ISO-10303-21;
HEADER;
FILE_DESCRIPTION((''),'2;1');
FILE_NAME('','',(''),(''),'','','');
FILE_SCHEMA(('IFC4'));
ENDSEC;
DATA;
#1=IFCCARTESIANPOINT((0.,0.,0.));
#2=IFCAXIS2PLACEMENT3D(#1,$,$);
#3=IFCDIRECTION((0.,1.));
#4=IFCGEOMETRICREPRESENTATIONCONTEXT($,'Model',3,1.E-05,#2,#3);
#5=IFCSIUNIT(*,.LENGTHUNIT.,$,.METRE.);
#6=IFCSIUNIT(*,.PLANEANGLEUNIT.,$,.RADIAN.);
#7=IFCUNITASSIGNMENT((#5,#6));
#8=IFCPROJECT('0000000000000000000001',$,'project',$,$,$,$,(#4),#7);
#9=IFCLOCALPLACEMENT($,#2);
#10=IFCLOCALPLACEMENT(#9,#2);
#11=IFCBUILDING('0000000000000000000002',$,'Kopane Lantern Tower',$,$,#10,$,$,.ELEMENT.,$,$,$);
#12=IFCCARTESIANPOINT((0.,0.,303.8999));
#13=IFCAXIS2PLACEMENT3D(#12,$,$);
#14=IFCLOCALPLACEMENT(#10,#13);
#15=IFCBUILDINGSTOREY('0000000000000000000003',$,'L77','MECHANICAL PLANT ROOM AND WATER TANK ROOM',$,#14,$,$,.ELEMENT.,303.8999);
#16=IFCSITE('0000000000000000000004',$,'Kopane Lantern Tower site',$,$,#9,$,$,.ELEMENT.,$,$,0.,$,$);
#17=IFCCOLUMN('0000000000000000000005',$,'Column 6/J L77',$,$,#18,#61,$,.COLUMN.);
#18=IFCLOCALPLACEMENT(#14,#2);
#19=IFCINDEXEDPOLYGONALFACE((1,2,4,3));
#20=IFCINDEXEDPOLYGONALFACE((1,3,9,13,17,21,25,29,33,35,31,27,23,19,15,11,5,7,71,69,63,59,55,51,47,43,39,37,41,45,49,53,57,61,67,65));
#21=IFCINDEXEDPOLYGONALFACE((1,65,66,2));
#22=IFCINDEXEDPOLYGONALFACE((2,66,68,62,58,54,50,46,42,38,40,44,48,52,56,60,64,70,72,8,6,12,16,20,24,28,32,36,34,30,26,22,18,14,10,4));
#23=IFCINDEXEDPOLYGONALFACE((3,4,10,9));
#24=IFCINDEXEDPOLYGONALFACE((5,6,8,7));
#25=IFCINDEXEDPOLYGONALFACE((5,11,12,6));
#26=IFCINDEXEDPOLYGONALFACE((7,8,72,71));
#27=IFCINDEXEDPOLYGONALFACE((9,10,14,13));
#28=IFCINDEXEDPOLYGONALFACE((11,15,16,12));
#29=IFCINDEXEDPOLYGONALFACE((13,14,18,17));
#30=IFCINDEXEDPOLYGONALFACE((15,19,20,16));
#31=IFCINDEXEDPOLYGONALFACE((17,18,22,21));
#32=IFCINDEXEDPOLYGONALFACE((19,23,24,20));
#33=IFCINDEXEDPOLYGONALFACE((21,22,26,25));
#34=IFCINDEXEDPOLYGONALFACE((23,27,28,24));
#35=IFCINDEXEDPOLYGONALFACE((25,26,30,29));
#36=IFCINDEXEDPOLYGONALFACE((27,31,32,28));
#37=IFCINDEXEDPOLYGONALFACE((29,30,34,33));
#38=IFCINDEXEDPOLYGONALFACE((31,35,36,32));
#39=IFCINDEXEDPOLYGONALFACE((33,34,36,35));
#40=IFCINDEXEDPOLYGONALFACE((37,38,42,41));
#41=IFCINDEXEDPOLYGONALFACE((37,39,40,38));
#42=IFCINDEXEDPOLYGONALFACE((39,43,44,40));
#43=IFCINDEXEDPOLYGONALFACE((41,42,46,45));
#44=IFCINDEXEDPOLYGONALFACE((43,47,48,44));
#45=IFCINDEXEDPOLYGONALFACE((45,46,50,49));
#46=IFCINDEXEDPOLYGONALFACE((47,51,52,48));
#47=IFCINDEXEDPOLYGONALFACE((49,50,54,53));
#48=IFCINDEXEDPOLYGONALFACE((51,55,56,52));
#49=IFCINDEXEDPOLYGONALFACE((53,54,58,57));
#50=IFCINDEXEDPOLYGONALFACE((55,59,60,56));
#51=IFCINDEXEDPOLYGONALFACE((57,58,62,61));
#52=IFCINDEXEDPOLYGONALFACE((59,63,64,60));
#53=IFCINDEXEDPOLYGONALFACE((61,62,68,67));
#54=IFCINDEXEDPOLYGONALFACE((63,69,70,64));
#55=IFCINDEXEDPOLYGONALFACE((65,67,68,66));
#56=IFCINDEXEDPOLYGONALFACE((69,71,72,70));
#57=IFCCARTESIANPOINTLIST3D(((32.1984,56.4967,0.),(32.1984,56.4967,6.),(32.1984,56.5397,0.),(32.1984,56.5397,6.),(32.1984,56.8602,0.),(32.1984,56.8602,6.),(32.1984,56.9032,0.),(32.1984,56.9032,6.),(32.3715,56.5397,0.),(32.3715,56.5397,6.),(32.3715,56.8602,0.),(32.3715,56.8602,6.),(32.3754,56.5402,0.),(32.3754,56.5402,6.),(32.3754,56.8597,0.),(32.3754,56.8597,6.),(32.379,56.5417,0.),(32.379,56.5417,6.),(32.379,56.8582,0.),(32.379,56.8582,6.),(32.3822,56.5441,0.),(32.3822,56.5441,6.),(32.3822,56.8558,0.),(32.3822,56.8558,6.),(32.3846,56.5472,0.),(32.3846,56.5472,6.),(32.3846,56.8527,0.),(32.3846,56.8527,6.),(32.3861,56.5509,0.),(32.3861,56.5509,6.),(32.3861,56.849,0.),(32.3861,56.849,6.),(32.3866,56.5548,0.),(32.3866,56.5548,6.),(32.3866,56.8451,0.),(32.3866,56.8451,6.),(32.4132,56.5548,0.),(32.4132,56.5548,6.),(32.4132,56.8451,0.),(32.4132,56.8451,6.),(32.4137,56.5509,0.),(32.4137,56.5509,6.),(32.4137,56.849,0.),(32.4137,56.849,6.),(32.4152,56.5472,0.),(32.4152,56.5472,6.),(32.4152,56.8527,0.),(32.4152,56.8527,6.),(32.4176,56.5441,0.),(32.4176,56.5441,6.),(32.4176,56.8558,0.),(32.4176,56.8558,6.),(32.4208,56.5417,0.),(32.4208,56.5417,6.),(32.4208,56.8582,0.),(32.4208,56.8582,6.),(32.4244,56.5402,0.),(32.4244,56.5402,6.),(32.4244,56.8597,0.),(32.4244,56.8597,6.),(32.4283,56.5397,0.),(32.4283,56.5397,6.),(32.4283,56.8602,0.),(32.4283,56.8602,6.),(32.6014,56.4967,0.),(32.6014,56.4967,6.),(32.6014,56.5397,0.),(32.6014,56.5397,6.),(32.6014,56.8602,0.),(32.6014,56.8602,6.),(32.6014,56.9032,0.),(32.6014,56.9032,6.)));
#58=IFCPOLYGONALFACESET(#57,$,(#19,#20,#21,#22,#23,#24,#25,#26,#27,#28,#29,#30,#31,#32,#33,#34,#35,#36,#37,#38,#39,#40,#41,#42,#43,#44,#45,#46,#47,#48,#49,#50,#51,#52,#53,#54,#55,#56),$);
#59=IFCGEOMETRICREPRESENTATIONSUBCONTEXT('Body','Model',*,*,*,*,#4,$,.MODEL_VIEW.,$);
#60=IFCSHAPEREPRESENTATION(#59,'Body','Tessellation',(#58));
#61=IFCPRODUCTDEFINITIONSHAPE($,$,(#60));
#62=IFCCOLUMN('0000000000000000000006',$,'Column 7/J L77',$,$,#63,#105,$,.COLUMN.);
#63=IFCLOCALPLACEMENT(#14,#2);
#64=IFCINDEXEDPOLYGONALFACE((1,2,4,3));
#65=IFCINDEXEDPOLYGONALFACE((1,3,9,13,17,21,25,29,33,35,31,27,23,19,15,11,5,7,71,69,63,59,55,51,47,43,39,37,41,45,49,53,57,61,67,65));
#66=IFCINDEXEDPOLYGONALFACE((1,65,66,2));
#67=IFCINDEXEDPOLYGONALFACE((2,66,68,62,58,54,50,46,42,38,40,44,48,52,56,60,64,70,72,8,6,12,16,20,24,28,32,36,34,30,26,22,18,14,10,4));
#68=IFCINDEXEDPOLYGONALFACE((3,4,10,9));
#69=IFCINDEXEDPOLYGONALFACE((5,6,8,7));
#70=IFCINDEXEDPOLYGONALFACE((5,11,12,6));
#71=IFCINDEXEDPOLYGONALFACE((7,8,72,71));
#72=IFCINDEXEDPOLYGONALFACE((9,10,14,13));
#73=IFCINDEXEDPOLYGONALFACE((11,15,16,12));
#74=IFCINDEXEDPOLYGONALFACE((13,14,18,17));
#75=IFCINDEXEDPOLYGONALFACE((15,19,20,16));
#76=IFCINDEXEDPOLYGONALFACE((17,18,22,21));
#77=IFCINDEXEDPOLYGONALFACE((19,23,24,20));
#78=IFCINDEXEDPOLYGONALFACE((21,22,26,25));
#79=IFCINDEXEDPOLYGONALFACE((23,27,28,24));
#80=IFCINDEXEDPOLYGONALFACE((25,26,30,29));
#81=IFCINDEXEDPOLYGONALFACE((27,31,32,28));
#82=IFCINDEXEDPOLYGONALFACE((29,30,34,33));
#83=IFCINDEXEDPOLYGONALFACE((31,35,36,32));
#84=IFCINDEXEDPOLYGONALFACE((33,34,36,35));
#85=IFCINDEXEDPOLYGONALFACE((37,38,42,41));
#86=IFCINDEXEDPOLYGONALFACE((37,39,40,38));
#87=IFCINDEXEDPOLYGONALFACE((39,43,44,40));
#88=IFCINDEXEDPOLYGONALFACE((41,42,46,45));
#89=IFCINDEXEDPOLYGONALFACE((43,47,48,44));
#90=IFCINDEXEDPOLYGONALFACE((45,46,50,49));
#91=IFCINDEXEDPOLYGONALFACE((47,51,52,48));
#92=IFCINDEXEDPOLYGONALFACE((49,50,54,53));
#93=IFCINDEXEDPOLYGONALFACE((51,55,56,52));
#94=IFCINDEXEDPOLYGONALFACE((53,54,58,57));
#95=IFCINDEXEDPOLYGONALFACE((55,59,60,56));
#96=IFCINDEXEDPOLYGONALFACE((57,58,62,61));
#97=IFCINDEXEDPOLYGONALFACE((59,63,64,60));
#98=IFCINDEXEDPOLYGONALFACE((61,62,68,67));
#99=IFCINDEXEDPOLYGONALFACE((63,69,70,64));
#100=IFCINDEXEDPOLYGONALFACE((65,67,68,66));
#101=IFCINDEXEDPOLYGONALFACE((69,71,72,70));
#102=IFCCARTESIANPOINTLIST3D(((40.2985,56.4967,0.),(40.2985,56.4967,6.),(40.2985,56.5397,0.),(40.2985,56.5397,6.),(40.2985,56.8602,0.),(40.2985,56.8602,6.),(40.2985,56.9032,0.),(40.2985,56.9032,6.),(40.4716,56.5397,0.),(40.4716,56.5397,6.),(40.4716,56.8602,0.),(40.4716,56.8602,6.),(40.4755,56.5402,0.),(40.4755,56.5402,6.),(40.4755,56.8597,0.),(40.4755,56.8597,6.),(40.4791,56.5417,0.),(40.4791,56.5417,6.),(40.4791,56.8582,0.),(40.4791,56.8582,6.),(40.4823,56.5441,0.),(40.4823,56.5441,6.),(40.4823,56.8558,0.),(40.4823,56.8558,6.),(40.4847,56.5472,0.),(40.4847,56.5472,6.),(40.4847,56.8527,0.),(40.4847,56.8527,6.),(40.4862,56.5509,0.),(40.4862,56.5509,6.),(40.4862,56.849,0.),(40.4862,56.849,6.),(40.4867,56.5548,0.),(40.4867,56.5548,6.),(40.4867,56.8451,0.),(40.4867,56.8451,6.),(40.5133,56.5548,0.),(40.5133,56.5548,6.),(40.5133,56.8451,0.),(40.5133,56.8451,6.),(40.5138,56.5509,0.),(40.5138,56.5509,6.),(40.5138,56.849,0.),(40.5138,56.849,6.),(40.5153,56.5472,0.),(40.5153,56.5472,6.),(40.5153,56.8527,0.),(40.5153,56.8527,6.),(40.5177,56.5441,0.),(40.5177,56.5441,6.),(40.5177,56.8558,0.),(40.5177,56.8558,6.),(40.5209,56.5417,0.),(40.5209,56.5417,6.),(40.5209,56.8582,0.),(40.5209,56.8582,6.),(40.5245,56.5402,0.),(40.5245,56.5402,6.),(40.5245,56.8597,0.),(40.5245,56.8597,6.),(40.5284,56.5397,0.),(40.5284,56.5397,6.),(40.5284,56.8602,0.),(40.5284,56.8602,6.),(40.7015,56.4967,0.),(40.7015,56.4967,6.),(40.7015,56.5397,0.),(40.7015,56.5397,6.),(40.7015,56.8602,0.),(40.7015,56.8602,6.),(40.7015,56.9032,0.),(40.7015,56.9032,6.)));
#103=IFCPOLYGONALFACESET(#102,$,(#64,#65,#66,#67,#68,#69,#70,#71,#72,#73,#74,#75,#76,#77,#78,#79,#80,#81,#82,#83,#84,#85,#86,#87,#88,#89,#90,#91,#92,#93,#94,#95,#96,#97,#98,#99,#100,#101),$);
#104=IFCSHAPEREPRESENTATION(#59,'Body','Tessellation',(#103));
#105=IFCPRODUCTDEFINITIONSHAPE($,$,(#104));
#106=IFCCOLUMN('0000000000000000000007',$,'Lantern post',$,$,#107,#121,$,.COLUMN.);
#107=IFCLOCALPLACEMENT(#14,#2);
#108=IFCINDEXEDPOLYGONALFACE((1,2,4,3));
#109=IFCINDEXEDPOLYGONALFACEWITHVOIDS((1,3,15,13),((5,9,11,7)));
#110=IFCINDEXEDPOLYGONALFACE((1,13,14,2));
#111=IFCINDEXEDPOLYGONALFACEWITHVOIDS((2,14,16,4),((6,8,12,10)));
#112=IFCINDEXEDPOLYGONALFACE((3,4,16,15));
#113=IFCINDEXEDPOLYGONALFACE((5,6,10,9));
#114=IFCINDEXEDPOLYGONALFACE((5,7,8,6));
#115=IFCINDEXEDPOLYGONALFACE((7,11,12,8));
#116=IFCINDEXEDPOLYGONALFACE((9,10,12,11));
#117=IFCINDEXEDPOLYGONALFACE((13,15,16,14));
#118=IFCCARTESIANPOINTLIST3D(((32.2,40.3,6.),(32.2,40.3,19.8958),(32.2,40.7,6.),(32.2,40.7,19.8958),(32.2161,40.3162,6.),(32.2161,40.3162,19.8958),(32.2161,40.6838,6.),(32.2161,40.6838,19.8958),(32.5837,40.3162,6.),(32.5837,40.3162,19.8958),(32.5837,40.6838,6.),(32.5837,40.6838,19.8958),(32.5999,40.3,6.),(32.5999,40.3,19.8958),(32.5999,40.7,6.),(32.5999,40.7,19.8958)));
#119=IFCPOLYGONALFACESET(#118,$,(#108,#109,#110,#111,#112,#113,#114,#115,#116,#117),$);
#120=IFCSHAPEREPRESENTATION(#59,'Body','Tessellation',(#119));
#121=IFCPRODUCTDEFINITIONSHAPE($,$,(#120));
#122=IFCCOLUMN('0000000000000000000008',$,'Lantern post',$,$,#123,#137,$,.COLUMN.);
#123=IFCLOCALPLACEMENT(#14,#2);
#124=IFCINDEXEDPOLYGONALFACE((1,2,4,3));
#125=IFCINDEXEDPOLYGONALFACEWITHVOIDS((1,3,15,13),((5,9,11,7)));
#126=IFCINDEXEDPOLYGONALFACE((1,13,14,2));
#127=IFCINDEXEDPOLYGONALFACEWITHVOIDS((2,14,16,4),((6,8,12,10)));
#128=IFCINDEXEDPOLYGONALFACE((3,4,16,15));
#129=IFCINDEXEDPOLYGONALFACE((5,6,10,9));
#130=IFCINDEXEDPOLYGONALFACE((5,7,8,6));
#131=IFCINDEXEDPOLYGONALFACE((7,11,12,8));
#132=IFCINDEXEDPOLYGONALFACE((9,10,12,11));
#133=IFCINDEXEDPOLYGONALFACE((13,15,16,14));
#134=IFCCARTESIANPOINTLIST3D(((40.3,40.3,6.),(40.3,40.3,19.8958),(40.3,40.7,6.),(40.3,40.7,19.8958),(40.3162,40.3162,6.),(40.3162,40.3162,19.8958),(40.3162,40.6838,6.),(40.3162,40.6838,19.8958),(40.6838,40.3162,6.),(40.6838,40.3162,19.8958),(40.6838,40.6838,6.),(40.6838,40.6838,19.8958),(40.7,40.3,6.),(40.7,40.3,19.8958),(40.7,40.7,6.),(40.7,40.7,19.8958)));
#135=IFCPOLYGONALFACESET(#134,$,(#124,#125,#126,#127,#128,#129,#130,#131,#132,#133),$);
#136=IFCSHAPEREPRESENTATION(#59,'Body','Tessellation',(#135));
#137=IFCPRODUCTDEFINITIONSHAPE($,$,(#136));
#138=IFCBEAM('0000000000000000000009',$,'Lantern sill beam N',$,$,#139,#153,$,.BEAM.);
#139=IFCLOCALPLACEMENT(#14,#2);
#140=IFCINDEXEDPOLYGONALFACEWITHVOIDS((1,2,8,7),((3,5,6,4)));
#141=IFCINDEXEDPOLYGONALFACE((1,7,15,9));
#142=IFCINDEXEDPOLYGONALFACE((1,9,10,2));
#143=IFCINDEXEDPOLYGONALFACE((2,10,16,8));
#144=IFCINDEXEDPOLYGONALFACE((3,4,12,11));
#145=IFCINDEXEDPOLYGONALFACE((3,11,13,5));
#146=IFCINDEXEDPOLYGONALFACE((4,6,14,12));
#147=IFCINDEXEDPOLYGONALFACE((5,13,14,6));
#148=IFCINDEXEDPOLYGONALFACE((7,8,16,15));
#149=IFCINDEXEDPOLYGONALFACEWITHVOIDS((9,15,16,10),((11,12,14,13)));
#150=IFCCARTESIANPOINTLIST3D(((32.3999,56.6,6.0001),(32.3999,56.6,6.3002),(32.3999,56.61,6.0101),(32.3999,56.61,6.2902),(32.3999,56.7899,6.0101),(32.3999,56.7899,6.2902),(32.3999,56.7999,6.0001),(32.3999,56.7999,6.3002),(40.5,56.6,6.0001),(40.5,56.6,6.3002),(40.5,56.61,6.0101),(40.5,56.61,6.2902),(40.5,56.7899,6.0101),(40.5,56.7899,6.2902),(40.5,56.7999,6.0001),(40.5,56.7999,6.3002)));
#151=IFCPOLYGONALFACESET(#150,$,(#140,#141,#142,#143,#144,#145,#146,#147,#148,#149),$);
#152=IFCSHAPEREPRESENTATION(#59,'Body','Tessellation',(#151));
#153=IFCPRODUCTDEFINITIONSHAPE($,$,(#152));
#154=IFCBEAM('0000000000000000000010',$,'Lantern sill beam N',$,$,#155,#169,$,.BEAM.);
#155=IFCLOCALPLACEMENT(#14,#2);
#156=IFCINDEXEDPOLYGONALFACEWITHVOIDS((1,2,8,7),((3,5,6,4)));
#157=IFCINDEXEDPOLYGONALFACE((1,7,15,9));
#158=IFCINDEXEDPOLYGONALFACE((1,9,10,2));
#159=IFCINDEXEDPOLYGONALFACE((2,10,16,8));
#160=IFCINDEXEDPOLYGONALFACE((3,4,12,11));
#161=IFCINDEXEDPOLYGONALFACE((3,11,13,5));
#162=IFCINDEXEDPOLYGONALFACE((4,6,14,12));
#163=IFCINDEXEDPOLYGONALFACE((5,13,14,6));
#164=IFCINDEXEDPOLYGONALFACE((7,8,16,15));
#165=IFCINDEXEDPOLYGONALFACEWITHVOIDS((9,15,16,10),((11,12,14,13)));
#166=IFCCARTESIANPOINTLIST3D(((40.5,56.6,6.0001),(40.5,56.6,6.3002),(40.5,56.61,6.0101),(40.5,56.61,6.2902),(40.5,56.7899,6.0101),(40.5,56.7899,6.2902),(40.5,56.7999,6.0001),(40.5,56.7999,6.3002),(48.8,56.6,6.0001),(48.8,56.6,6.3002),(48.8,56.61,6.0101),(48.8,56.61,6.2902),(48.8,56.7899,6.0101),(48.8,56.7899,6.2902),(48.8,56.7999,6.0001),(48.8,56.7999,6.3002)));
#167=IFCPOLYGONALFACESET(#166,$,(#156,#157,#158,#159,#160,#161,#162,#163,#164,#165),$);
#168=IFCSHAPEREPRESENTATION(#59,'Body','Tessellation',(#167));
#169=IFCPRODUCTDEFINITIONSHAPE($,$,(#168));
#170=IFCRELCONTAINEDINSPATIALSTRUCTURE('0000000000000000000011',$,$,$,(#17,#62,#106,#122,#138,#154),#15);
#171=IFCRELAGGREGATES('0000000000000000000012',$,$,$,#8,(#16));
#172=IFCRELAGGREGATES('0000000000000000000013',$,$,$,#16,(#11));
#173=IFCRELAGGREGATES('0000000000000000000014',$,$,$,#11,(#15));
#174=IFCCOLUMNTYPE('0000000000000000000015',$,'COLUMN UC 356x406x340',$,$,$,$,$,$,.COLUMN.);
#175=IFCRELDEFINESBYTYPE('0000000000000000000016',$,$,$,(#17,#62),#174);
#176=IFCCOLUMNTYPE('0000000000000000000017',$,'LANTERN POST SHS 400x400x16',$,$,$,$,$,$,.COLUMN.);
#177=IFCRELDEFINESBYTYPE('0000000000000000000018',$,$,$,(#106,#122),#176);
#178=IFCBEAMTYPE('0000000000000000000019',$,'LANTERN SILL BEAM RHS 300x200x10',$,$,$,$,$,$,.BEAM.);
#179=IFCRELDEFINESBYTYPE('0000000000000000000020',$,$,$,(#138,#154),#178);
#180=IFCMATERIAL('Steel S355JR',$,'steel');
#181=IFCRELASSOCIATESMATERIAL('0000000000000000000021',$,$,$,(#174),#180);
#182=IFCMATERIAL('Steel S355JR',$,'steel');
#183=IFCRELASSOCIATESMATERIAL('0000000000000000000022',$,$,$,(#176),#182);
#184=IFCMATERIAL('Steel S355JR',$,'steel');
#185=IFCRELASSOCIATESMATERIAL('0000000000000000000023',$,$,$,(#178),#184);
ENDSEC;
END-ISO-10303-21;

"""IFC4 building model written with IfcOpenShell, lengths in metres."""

from ifc_helpers import new_model, si_unit, direction, frame, origin, origin_2d, place, context, subcontext, project, spatial, hollow_rectangle, i_section, extrude, material, material_profile, profile_set, type_object, element, save


model = new_model("IFC4")

# Units and contexts
model_context = context("Model", 3, precision=1e-05, world=origin(), true_north=direction((0.0, 1.0)))
body_context = subcontext(model_context, "Body", "Model", "MODEL_VIEW")
ifc_project = project(units=[si_unit("LENGTHUNIT", "METRE"), si_unit("PLANEANGLEUNIT", "RADIAN")], contexts=[model_context])

# Site, building, storey
site_placement = place(None, origin())
site = spatial("IfcSite", under=ifc_project, at=site_placement, Name="Kopane Lantern Tower site", CompositionType="ELEMENT", RefElevation=0.0)
building_placement = place(site_placement, origin())
building = spatial("IfcBuilding", under=site, at=building_placement, Name="Kopane Lantern Tower", CompositionType="ELEMENT")
storey_placement = place(building_placement, frame((0.0, 0.0, 303.8999)))
storey = spatial("IfcBuildingStorey", under=building, at=storey_placement, Name="L77", Description="MECHANICAL PLANT ROOM AND WATER TANK ROOM", CompositionType="ELEMENT", Elevation=303.8999)

# Columns
ifc_material_1 = material(Name="Steel S355JR", Category="steel")
ifc_material_profile_1 = material_profile(ifc_material_1, i_section(OverallWidth=0.4031, OverallDepth=0.4065, WebThickness=0.0266, FlangeThickness=0.043, FilletRadius=0.0151, at=origin_2d()), Name="UC 356x406x340")
ifc_profile_set_1 = profile_set([ifc_material_profile_1], Name="Steel S355JR")
column_type_1 = type_object("IfcColumnType", Name="COLUMN UC 356x406x340", PredefinedType="COLUMN", material=ifc_profile_set_1)
for number, where, z_axis, x_axis, name in (
    (1, (32.3999, 56.7, 0.0), (0.0, 0.0, 1.0), (1.0, 0.0, 0.0), "Column 6/J L77"),
    (2, (40.5, 56.7, 0.0), (0.0, 0.0, 1.0), (1.0, 0.0, 0.0), "Column 7/J L77"),
):
    element("IfcColumn", number, at=place(storey_placement, frame(where, z_axis=z_axis, x_axis=x_axis)), inside=storey, type_object=column_type_1, Name=name, PredefinedType="COLUMN", context=body_context, shape_type="SweptSolid", body=[
        extrude(i_section(OverallWidth=0.4031, OverallDepth=0.4065, WebThickness=0.0266, FlangeThickness=0.043, FilletRadius=0.0151, at=origin_2d()), origin(), (0.0, 0.0, 1.0), 6.0),
    ])
ifc_material_2 = material(Name="Steel S355JR", Category="steel")
ifc_material_profile_2 = material_profile(ifc_material_2, hollow_rectangle(XDim=0.3999, YDim=0.3999, WallThickness=0.0161, at=origin_2d()), Name="RHS 400x400x16")
ifc_profile_set_2 = profile_set([ifc_material_profile_2], Name="Steel S355JR")
column_type_2 = type_object("IfcColumnType", Name="LANTERN POST SHS 400x400x16", PredefinedType="COLUMN", material=ifc_profile_set_2)
for number, where, z_axis, x_axis, name in (
    (3, (32.3999, 40.5, 6.0), (0.0, 0.0, 1.0), (1.0, 0.0, 0.0), "Lantern post"),
    (4, (40.5, 40.5, 6.0), (0.0, 0.0, 1.0), (1.0, 0.0, 0.0), "Lantern post"),
):
    element("IfcColumn", number, at=place(storey_placement, frame(where, z_axis=z_axis, x_axis=x_axis)), inside=storey, type_object=column_type_2, Name=name, PredefinedType="COLUMN", context=body_context, shape_type="SweptSolid", body=[
        extrude(hollow_rectangle(XDim=0.3999, YDim=0.3999, WallThickness=0.0161, at=origin_2d()), origin(), (0.0, 0.0, 1.0), 13.8958),
    ])

# Beams
ifc_material_3 = material(Name="Steel S355JR", Category="steel")
ifc_material_profile_3 = material_profile(ifc_material_3, hollow_rectangle(XDim=0.2, YDim=0.3, WallThickness=0.01, at=origin_2d()), Name="RHS 300x200x10")
ifc_profile_set_3 = profile_set([ifc_material_profile_3], Name="Steel S355JR")
beam_type_1 = type_object("IfcBeamType", Name="LANTERN SILL BEAM RHS 300x200x10", PredefinedType="BEAM", material=ifc_profile_set_3)
beam_1_placement = place(storey_placement, frame((32.3999, 56.7, 6.1501), z_axis=(1.0, 0.0, 0.0), x_axis=(0.0, 1.0, 0.0)))
element("IfcBeam", 5, at=beam_1_placement, inside=storey, type_object=beam_type_1, Name="Lantern sill beam N", PredefinedType="BEAM", context=body_context, shape_type="SweptSolid", body=[
    extrude(hollow_rectangle(XDim=0.2, YDim=0.3, WallThickness=0.01, at=origin_2d()), origin(), (0.0, 0.0, 1.0), 8.1001),
])
beam_2_placement = place(storey_placement, frame((40.5, 56.7, 6.1501), z_axis=(1.0, 0.0, 0.0), x_axis=(0.0, 1.0, 0.0)))
element("IfcBeam", 6, at=beam_2_placement, inside=storey, type_object=beam_type_1, Name="Lantern sill beam N", PredefinedType="BEAM", context=body_context, shape_type="SweptSolid", body=[
    extrude(hollow_rectangle(XDim=0.2, YDim=0.3, WallThickness=0.01, at=origin_2d()), origin(), (0.0, 0.0, 1.0), 8.3),
])

save(model, "model.ifc")
